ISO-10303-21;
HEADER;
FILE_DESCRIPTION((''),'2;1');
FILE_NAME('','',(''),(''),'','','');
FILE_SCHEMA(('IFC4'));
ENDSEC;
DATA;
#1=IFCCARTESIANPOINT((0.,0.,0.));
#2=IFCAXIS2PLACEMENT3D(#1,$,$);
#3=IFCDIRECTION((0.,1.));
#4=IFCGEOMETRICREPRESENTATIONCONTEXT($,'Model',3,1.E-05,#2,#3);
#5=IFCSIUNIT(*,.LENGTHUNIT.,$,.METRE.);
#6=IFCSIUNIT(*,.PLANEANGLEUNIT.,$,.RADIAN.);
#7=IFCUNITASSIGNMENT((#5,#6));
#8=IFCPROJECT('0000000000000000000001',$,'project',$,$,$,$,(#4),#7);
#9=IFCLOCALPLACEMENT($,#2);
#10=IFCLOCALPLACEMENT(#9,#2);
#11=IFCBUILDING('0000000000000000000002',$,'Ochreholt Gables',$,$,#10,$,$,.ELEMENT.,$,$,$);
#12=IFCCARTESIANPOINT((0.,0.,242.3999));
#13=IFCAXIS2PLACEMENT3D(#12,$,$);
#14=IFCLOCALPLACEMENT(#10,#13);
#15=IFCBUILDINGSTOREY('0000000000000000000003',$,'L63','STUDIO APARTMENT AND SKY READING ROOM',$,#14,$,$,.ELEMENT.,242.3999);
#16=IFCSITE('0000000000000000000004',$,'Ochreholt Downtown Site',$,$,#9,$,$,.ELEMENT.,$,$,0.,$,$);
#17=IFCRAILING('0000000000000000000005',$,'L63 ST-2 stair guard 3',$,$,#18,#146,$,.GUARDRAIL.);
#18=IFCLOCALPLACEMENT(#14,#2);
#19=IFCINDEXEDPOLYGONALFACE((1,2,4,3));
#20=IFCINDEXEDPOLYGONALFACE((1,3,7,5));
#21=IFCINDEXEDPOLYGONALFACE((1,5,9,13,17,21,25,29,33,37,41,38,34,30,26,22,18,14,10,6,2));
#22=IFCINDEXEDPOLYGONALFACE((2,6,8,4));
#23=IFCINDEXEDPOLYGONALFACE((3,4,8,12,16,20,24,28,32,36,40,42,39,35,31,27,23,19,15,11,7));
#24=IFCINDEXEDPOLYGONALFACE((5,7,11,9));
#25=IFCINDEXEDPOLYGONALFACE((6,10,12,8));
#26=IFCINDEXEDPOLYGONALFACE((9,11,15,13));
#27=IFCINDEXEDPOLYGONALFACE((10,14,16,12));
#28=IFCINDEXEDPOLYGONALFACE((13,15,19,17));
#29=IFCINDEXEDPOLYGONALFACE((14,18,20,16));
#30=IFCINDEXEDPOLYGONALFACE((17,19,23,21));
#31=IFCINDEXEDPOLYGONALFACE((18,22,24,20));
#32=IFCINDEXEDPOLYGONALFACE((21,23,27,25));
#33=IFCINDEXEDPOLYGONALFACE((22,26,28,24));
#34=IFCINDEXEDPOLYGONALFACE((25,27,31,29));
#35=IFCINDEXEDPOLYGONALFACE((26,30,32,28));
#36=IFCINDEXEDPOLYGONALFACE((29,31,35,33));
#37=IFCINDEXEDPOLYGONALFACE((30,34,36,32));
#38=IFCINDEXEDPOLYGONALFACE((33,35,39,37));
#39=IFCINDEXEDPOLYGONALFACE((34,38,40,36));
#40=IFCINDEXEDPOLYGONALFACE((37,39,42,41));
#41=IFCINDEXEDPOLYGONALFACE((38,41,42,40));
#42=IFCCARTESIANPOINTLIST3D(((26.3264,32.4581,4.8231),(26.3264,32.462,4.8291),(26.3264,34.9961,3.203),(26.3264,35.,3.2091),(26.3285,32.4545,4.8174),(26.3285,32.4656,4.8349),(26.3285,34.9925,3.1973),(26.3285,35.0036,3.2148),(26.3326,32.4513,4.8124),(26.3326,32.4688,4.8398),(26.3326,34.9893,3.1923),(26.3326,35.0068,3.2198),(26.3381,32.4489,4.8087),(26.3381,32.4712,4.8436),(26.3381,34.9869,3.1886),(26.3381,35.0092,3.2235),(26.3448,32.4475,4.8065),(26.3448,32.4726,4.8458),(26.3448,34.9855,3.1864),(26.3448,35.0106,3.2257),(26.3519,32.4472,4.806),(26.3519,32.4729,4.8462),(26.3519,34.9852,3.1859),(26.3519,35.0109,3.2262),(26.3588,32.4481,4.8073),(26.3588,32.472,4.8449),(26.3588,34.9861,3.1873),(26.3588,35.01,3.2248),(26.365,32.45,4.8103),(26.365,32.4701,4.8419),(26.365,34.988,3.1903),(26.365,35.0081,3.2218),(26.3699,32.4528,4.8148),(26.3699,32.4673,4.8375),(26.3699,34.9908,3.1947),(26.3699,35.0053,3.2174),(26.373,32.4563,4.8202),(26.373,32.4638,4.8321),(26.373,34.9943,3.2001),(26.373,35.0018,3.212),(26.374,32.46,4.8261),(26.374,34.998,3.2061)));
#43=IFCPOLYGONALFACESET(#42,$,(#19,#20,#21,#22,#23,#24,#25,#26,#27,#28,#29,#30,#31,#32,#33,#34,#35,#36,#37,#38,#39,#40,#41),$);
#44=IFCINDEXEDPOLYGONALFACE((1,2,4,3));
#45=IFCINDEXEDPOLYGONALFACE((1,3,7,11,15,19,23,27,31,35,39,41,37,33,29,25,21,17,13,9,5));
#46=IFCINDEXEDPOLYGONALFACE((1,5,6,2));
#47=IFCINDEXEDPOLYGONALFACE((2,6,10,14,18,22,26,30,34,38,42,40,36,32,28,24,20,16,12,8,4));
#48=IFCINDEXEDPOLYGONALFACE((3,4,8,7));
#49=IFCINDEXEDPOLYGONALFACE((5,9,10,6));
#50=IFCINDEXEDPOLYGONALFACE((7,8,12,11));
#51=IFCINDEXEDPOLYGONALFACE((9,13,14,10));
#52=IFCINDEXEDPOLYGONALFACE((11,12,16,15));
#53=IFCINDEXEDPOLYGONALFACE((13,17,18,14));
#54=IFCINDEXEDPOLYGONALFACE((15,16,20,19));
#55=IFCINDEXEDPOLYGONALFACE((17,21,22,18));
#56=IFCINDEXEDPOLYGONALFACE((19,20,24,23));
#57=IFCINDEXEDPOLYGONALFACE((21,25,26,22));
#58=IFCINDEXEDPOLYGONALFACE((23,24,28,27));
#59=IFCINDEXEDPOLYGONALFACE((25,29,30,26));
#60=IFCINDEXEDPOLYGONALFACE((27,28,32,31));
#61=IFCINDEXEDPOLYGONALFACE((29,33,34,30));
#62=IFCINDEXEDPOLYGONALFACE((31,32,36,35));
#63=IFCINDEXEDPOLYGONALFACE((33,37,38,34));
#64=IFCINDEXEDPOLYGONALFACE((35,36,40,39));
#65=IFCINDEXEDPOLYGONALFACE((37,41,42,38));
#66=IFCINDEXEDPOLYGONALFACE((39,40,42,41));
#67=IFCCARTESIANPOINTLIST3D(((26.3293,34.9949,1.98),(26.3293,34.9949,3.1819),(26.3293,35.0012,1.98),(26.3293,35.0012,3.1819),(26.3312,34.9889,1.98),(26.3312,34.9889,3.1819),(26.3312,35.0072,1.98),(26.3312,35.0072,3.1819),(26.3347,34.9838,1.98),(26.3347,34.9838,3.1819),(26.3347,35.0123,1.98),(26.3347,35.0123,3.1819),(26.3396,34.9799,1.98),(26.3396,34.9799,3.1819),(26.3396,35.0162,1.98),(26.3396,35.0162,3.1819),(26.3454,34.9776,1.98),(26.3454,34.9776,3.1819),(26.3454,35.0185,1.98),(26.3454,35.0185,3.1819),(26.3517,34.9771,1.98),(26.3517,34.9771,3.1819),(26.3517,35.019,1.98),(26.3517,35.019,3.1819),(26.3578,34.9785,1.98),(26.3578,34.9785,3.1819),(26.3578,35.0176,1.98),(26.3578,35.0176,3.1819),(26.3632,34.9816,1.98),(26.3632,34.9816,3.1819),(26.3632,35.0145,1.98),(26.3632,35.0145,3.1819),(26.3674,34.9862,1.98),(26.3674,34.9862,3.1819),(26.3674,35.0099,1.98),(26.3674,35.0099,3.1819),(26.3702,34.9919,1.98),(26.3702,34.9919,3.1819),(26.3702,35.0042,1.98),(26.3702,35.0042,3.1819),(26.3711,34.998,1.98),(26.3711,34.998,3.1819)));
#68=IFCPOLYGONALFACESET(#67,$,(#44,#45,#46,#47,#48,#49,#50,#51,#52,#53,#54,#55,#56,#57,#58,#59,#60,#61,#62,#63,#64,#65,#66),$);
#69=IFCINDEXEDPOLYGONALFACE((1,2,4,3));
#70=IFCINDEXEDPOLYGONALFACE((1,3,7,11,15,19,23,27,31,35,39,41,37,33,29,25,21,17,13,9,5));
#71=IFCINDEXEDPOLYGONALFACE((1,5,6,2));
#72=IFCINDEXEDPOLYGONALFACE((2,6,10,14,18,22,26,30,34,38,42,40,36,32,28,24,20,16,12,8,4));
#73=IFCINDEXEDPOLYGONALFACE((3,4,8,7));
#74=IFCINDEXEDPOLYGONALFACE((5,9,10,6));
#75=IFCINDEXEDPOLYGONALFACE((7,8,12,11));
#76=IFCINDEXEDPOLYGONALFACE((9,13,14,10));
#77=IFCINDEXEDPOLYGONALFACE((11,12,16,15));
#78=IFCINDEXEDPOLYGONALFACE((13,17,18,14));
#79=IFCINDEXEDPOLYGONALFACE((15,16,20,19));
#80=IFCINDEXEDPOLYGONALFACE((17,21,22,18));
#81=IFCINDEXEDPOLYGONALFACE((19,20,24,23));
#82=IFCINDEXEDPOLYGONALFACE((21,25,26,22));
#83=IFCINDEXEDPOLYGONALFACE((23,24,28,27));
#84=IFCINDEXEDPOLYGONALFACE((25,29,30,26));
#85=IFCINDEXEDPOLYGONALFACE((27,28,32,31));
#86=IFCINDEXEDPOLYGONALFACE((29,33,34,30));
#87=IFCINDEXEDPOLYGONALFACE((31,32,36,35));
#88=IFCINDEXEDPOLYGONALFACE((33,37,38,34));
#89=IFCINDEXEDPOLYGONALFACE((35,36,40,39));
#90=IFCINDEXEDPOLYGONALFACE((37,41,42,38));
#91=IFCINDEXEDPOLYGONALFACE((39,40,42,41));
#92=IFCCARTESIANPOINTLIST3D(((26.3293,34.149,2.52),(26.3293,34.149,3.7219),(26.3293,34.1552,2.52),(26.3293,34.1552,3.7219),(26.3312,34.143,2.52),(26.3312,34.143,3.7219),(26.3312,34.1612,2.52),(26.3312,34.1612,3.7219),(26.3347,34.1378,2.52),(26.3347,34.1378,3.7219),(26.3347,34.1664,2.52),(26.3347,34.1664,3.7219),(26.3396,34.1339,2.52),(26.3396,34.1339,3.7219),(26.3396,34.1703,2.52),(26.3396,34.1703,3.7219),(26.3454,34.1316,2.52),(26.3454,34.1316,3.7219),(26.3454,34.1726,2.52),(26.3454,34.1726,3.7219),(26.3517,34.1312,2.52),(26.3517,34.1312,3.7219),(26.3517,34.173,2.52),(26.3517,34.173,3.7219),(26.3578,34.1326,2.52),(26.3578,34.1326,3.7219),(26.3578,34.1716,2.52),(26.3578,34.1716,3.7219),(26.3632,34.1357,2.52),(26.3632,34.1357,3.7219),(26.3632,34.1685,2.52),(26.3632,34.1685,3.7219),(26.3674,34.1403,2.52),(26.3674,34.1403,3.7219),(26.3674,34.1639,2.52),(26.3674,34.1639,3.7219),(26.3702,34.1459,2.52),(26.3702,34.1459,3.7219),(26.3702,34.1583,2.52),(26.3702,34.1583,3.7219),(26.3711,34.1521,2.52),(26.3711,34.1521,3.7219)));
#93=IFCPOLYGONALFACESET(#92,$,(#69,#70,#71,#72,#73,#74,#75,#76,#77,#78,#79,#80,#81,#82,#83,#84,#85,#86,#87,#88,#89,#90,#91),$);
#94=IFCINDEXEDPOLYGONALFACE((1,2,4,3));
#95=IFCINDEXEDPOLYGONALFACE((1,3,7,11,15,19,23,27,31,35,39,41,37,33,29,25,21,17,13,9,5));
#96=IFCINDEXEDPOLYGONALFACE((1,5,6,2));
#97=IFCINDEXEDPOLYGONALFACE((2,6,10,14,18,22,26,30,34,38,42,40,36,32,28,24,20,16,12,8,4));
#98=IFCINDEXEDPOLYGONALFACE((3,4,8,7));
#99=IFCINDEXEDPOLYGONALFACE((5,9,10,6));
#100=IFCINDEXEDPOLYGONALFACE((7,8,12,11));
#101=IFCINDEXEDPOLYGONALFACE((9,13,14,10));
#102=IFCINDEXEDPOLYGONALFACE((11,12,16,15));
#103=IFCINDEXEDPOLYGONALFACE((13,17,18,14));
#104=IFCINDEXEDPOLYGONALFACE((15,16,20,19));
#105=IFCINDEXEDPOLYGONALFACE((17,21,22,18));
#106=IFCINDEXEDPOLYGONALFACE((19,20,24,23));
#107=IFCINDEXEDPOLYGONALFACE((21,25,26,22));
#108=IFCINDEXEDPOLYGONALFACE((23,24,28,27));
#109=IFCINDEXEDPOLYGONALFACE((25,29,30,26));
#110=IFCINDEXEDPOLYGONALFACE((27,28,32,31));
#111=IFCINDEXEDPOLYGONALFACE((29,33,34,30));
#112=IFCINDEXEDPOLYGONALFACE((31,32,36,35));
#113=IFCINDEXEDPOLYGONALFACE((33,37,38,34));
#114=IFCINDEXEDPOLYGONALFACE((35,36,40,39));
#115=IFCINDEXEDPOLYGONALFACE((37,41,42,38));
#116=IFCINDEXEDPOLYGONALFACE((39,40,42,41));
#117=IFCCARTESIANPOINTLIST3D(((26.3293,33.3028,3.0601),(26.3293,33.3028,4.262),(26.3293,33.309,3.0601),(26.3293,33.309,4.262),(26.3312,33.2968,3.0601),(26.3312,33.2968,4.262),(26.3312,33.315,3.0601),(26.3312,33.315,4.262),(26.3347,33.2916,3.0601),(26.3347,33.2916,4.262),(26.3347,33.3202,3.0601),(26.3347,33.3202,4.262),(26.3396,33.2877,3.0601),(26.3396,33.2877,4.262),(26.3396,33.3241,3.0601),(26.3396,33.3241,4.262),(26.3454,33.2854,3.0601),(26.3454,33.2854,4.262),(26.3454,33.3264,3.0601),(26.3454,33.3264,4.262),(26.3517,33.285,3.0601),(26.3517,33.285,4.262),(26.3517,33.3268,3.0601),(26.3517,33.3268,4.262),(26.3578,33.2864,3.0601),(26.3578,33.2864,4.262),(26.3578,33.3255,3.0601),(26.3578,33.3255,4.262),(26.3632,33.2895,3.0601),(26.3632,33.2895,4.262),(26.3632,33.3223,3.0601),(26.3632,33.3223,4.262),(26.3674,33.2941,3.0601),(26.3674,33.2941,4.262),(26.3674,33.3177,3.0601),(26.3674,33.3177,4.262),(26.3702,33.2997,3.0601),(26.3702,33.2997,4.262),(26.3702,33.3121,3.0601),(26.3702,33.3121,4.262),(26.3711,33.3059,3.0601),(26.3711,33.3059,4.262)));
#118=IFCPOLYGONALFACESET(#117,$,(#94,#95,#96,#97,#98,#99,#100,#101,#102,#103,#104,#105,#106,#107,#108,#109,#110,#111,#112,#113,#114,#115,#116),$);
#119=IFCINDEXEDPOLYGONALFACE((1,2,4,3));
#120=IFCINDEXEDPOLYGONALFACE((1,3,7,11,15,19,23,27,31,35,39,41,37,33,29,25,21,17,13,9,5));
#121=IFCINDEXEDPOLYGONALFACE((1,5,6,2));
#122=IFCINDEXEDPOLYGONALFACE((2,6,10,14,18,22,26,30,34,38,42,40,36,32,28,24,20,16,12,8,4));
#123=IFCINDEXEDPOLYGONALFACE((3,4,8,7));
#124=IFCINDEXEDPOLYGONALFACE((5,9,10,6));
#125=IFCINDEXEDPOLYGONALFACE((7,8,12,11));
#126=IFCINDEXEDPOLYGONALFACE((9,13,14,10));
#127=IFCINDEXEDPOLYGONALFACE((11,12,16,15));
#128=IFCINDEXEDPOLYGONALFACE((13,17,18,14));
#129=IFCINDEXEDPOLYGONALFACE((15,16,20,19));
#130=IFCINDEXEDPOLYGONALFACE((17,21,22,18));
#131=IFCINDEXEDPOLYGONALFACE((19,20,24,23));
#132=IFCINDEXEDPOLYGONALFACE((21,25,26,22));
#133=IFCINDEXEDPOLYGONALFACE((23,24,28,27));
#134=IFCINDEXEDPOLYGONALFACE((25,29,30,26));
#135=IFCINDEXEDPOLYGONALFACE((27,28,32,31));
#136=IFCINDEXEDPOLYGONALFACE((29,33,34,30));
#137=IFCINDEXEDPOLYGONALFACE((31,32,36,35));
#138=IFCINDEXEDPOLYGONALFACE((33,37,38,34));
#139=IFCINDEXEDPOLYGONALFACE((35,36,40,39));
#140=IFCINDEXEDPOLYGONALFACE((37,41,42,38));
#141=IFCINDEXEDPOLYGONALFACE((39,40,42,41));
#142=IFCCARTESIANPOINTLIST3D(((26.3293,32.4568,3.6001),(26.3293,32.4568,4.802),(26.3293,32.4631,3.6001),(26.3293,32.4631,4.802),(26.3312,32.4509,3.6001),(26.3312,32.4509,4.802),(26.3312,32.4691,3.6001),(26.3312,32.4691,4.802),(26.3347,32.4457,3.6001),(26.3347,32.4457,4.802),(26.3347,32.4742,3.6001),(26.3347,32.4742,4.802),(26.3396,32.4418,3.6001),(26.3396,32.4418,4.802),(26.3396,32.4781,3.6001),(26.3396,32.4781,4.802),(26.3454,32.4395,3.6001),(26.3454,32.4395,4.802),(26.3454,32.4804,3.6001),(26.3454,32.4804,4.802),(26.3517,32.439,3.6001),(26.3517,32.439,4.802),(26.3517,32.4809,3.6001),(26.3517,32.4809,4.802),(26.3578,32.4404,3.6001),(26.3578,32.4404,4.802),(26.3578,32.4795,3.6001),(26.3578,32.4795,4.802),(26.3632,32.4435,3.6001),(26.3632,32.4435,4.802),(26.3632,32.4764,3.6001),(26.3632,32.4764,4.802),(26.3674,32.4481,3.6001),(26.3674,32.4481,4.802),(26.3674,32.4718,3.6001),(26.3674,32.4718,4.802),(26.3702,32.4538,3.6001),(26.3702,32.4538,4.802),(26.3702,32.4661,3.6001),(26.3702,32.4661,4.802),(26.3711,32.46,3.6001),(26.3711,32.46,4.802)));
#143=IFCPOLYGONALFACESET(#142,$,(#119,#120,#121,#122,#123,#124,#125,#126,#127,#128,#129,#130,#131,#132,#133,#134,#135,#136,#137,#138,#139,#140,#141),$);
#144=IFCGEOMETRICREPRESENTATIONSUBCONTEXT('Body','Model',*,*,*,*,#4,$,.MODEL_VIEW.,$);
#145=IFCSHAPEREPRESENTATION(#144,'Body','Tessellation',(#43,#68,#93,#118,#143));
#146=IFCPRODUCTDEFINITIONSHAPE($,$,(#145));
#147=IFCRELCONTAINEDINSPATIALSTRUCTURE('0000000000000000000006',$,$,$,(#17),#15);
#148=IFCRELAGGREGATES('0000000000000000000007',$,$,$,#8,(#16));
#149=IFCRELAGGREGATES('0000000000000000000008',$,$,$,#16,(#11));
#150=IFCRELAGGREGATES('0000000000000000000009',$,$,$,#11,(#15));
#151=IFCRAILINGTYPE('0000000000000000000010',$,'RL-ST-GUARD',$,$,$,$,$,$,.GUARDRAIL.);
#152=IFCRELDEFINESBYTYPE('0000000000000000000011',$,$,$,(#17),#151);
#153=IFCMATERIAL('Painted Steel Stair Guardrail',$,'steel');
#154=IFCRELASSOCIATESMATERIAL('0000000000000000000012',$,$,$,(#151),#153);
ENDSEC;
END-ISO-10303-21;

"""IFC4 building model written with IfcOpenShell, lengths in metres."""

from ifc_helpers import new_model, si_unit, direction, frame, origin, origin_2d, place, context, subcontext, project, spatial, circle, extrude, material, type_object, element, save


model = new_model("IFC4")

# Units and contexts
model_context = context("Model", 3, precision=1e-05, world=origin(), true_north=direction((0.0, 1.0)))
body_context = subcontext(model_context, "Body", "Model", "MODEL_VIEW")
ifc_project = project(units=[si_unit("LENGTHUNIT", "METRE"), si_unit("PLANEANGLEUNIT", "RADIAN")], contexts=[model_context])

# Site, building, storey
site_placement = place(None, origin())
site = spatial("IfcSite", under=ifc_project, at=site_placement, Name="Ochreholt Downtown Site", CompositionType="ELEMENT", RefElevation=0.0)
building_placement = place(site_placement, origin())
building = spatial("IfcBuilding", under=site, at=building_placement, Name="Ochreholt Gables", CompositionType="ELEMENT")
storey_placement = place(building_placement, frame((0.0, 0.0, 242.3999)))
storey = spatial("IfcBuildingStorey", under=building, at=storey_placement, Name="L63", Description="STUDIO APARTMENT AND SKY READING ROOM", CompositionType="ELEMENT", Elevation=242.3999)

# Railing
ifc_material_1 = material(Name="Painted Steel Stair Guardrail", Category="steel")
railing_type_1 = type_object("IfcRailingType", Name="RL-ST-GUARD", PredefinedType="GUARDRAIL", material=ifc_material_1)
railing_1_placement = place(storey_placement, frame((26.3501, 34.998, 1.98)))
element("IfcRailing", 1, at=railing_1_placement, inside=storey, type_object=railing_type_1, Name="L63 ST-2 stair guard 3", PredefinedType="GUARDRAIL", context=body_context, shape_type="SweptSolid", body=[
    extrude(circle(Radius=0.0239, at=origin_2d()), frame((0.0, 0.0, 1.2261), z_axis=(0.0, -0.842913, 0.53805), x_axis=(1.0, 0.0, 0.0)), (0.0, 0.0, 1.0), 3.011),
    extrude(circle(Radius=0.021, at=origin_2d()), origin(), (0.0, 0.0, 1.0), 1.2019),
    extrude(circle(Radius=0.021, at=origin_2d()), frame((0.0, -0.8459, 0.54)), (0.0, 0.0, 1.0), 1.2019),
    extrude(circle(Radius=0.021, at=origin_2d()), frame((0.0, -1.6921, 1.0801)), (0.0, 0.0, 1.0), 1.2019),
    extrude(circle(Radius=0.021, at=origin_2d()), frame((0.0, -2.5381, 1.6201)), (0.0, 0.0, 1.0), 1.2019),
])

save(model, "model.ifc")
